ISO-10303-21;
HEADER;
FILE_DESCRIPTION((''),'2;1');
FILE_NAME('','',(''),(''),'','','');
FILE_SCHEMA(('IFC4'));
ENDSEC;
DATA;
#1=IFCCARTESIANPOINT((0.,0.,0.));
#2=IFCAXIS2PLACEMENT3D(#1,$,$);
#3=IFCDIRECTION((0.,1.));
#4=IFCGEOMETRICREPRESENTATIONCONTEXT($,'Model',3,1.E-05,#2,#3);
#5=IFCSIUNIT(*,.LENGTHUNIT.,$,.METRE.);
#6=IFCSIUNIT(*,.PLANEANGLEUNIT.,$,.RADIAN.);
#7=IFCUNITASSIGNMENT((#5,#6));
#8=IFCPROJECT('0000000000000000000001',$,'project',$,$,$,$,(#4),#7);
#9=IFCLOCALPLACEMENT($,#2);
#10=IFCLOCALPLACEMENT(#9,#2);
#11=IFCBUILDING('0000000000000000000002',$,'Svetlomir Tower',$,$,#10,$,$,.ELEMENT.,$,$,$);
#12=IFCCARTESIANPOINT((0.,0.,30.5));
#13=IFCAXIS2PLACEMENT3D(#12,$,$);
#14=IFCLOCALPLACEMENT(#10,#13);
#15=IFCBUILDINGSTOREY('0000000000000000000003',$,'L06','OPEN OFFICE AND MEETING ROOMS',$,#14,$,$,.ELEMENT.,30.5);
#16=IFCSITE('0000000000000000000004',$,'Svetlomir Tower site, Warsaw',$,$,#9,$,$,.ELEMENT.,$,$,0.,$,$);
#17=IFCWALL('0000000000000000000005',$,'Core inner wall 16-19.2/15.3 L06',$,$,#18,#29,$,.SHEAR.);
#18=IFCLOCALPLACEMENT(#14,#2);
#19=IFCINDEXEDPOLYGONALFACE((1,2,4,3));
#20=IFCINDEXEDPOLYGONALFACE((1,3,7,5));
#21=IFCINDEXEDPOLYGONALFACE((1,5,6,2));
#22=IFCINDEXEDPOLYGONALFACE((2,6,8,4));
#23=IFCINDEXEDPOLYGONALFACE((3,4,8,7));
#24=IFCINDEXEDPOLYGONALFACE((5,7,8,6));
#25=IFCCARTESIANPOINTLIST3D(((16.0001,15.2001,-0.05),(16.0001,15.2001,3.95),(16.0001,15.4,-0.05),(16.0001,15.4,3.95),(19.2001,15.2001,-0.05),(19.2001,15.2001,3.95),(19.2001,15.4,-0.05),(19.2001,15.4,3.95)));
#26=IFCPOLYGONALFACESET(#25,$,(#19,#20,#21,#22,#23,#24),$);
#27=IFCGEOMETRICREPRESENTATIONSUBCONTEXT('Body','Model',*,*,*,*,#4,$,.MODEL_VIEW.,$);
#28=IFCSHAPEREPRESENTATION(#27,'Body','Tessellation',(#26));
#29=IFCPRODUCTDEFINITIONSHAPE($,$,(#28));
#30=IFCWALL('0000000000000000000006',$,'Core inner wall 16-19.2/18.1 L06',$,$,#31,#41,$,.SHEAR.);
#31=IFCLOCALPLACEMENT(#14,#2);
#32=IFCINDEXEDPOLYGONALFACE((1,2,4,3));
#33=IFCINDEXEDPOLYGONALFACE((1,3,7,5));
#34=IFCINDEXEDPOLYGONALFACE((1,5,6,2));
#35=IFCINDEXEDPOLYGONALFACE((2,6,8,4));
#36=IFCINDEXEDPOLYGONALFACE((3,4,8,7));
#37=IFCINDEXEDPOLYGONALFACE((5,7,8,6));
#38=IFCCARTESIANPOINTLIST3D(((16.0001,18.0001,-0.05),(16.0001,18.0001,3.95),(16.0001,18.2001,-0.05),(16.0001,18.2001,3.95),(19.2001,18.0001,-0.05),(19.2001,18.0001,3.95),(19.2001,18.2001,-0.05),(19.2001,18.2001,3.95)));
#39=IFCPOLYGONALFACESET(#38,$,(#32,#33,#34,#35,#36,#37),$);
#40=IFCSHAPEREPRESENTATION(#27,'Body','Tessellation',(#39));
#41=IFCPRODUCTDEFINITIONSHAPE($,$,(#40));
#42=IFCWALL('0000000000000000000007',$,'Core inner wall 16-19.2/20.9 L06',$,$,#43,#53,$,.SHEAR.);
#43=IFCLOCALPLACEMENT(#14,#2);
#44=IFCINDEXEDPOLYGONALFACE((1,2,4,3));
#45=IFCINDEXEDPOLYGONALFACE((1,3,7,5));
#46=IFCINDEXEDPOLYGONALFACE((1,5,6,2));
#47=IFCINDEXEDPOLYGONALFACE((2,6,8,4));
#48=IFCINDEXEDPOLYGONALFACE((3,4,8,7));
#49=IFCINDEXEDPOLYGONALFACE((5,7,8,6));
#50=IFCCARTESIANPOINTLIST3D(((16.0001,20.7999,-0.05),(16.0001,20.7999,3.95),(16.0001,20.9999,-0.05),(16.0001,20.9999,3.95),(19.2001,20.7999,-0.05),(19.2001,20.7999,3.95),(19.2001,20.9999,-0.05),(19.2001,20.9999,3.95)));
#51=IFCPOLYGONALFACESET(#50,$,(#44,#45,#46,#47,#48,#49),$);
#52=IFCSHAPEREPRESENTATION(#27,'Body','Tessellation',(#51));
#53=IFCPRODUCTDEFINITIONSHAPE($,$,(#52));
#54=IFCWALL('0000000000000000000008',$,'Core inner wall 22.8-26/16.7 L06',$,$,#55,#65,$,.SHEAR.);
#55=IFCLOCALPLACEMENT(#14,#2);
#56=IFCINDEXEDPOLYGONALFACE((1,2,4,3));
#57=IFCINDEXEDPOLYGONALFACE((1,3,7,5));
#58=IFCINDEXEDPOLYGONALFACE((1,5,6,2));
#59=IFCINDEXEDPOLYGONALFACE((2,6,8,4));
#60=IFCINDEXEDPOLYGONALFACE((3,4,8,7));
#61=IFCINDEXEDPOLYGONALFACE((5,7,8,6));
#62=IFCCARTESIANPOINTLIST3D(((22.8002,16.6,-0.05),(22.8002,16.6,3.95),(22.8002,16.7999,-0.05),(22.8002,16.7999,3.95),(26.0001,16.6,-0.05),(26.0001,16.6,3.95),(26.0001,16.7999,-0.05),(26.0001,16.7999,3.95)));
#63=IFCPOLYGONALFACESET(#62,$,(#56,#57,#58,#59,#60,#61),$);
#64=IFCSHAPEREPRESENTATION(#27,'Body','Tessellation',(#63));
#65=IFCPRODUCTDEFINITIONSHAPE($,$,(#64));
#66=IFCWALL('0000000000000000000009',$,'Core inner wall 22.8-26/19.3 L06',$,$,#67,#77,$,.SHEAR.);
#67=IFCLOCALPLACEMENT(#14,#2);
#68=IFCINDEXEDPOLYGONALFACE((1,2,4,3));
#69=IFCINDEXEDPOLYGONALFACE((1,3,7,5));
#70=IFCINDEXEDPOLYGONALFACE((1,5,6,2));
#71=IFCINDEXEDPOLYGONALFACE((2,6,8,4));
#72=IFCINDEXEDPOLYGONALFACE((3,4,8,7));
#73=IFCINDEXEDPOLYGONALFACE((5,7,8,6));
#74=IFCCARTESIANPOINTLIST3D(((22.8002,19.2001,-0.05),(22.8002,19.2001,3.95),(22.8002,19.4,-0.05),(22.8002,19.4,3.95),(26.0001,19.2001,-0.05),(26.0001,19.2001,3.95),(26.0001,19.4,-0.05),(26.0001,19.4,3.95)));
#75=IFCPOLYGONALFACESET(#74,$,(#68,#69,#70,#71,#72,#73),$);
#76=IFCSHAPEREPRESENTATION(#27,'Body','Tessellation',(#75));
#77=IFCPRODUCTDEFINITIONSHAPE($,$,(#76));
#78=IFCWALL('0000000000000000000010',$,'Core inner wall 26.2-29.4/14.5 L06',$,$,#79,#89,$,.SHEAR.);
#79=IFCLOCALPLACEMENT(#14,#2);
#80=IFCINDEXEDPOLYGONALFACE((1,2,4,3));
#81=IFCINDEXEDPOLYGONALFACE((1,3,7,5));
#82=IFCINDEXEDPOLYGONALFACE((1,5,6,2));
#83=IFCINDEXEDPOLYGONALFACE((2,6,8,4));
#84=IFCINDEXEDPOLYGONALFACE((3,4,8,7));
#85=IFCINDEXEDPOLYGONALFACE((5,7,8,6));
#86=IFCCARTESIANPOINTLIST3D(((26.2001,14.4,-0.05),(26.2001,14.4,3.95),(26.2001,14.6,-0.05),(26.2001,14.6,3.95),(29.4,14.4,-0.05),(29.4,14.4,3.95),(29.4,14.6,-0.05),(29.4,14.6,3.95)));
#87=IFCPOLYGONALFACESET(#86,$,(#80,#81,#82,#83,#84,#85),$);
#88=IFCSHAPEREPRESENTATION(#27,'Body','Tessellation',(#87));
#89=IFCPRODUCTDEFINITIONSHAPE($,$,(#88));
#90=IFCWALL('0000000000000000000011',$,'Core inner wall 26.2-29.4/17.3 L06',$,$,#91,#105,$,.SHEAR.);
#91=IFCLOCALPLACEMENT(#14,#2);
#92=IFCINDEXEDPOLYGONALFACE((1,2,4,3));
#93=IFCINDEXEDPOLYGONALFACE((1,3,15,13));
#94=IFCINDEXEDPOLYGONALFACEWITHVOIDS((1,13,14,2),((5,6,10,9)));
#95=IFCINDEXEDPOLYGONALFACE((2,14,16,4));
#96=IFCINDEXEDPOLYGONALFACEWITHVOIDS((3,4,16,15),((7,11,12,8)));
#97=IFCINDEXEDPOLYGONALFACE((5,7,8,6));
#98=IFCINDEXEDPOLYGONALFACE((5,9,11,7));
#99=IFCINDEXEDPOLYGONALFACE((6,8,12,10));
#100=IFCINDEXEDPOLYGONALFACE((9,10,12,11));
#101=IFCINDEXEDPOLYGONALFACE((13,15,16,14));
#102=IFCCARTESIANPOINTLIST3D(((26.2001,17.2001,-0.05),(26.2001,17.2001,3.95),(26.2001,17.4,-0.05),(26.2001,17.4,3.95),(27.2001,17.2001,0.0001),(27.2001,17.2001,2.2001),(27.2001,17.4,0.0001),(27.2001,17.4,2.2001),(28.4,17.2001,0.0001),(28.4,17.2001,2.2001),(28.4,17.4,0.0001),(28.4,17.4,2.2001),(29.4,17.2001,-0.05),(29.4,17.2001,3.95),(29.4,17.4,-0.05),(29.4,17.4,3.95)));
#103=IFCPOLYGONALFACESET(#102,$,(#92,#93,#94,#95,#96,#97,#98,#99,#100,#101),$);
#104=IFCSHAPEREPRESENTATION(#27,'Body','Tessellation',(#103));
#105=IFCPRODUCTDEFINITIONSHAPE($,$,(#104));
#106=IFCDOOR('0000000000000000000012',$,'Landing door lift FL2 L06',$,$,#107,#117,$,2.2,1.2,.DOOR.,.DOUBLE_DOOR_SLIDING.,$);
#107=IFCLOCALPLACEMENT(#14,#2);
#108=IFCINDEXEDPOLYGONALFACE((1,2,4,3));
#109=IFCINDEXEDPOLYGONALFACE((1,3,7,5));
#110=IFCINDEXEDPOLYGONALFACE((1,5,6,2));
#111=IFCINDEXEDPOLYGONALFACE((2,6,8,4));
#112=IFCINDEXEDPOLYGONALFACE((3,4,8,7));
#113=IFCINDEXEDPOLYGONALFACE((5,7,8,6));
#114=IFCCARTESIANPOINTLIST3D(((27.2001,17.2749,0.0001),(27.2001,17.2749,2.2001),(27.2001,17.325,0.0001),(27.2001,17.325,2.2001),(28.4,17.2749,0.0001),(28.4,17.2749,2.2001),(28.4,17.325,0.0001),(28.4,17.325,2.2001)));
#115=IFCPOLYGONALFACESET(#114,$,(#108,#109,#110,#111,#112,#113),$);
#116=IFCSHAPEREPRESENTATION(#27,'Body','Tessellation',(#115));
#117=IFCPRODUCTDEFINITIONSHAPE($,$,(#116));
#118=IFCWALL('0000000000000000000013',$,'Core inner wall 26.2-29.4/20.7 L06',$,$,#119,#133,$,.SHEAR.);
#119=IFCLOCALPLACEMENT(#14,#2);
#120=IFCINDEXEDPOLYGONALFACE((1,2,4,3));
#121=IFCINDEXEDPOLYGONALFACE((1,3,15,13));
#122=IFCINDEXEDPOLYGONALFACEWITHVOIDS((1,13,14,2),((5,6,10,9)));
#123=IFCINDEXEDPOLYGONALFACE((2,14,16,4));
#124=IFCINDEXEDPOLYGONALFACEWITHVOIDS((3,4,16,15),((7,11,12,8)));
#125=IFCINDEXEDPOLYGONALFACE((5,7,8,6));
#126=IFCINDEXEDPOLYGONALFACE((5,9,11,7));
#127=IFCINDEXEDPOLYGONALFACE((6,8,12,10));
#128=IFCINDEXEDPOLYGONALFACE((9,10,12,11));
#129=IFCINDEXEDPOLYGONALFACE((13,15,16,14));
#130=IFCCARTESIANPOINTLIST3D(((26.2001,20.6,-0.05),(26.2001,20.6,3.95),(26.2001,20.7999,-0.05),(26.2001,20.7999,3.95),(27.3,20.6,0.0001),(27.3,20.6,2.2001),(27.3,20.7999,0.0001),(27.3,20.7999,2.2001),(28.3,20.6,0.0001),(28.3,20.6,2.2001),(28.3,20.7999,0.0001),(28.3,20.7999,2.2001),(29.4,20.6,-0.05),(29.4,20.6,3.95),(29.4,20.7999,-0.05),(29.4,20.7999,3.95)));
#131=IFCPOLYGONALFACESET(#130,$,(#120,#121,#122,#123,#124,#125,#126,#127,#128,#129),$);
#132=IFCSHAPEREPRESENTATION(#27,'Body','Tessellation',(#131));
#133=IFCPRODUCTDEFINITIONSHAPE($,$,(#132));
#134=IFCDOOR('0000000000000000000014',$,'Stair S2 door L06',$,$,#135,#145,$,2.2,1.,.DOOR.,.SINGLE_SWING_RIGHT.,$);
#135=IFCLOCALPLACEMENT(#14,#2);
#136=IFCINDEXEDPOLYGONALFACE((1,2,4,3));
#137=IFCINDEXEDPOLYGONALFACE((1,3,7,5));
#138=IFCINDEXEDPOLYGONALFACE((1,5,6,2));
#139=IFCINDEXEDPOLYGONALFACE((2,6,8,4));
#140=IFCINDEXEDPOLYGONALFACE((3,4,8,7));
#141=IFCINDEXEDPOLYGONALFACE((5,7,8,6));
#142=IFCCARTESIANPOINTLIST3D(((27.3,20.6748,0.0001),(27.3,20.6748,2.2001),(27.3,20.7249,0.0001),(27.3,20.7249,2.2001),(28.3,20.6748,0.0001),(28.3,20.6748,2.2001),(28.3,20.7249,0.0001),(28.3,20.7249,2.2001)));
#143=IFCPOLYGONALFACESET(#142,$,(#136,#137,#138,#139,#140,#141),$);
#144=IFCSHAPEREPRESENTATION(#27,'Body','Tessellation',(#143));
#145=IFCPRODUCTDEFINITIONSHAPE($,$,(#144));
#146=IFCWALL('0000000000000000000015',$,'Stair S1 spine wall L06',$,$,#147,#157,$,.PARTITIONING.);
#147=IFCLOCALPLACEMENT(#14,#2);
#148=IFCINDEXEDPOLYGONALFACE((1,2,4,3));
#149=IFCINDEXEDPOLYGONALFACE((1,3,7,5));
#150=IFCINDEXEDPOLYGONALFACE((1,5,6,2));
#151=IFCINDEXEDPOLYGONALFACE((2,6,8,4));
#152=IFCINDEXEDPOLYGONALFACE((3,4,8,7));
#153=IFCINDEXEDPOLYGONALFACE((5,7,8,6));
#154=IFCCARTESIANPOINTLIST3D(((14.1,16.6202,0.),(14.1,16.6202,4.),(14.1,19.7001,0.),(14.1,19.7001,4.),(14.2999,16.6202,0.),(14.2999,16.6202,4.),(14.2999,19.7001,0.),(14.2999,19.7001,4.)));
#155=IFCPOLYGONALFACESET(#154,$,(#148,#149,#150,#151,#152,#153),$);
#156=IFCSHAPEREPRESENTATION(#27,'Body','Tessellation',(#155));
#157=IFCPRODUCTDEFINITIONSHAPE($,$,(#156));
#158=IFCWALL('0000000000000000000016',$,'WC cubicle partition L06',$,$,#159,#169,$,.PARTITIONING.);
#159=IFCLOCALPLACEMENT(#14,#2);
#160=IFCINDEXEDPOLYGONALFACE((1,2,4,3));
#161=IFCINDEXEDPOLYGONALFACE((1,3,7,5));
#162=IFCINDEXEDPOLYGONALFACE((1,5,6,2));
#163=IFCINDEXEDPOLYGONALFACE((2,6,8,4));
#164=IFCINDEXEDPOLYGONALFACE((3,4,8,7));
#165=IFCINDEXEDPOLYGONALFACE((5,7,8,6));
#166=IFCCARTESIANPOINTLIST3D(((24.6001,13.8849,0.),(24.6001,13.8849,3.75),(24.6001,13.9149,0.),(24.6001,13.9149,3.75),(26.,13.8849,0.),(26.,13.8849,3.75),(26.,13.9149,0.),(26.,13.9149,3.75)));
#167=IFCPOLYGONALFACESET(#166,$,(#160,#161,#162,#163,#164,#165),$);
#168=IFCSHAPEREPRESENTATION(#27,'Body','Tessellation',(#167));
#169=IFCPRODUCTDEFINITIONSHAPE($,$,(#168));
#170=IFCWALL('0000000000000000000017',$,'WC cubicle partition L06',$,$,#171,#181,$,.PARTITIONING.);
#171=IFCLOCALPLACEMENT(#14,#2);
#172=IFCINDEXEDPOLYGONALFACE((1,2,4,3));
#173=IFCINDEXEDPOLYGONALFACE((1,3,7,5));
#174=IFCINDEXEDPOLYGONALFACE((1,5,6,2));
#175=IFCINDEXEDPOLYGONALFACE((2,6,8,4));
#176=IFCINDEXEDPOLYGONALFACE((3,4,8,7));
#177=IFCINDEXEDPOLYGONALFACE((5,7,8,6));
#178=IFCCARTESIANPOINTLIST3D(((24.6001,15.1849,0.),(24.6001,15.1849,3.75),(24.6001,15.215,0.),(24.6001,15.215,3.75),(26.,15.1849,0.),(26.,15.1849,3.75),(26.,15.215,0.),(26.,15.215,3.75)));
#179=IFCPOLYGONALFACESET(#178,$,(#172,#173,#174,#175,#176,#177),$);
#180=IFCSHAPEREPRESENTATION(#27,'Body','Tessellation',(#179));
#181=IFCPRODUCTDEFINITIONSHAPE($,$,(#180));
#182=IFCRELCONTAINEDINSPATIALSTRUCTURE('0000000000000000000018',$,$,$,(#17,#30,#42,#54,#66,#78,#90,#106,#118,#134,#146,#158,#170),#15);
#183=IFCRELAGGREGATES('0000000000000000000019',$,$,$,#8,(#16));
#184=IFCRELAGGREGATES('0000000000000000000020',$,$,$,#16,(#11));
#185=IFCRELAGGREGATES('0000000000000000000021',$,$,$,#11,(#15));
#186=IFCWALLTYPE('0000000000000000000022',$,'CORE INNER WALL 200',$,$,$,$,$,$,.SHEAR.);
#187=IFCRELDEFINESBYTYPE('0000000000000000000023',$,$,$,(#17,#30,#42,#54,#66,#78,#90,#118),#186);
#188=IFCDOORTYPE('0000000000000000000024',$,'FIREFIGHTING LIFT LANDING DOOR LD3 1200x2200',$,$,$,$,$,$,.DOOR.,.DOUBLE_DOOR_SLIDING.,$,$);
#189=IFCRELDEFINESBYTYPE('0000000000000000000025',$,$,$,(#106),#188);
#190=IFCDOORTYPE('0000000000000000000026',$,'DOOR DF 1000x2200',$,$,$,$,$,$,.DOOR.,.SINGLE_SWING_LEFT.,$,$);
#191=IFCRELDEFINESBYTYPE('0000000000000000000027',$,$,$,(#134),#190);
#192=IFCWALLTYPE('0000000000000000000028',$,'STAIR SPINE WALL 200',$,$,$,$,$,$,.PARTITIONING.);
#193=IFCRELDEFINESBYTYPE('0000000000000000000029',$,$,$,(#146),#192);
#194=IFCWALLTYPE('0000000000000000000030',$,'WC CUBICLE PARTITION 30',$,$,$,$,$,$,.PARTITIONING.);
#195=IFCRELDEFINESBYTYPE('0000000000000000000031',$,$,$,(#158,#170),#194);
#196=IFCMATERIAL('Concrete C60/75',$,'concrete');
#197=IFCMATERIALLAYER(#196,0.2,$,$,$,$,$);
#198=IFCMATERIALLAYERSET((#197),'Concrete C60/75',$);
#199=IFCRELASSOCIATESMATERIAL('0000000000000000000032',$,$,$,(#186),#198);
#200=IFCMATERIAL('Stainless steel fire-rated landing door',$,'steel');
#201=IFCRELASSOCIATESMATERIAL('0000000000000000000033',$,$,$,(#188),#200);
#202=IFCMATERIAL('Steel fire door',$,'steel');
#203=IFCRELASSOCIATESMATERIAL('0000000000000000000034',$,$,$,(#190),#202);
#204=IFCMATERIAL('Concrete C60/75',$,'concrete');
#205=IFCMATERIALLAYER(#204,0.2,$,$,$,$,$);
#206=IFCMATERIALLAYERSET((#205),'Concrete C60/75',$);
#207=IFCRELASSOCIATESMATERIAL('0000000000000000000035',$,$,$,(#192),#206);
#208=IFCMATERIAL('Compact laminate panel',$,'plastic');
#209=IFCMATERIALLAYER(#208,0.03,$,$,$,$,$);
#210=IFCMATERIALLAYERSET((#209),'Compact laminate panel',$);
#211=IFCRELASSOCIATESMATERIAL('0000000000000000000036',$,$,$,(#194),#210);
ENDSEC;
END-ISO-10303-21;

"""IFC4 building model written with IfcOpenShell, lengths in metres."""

from ifc_helpers import new_model, si_unit, direction, frame, frame_2d, origin, place, context, subcontext, project, spatial, rectangle, extrude, material, layer, layer_set, type_object, element, fill, save


model = new_model("IFC4")

# Units and contexts
model_context = context("Model", 3, precision=1e-05, world=origin(), true_north=direction((0.0, 1.0)))
body_context = subcontext(model_context, "Body", "Model", "MODEL_VIEW")
ifc_project = project(units=[si_unit("LENGTHUNIT", "METRE"), si_unit("PLANEANGLEUNIT", "RADIAN")], contexts=[model_context])

# Site, building, storey
site_placement = place(None, origin())
site = spatial("IfcSite", under=ifc_project, at=site_placement, Name="Svetlomir Tower site, Warsaw", CompositionType="ELEMENT", RefElevation=0.0)
building_placement = place(site_placement, origin())
building = spatial("IfcBuilding", under=site, at=building_placement, Name="Svetlomir Tower", CompositionType="ELEMENT")
storey_placement = place(building_placement, frame((0.0, 0.0, 30.5)))
storey = spatial("IfcBuildingStorey", under=building, at=storey_placement, Name="L06", Description="OPEN OFFICE AND MEETING ROOMS", CompositionType="ELEMENT", Elevation=30.5)

# Walls
ifc_material_1 = material(Name="Concrete C60/75", Category="concrete")
ifc_layer_1 = layer(ifc_material_1, 0.2)
ifc_layer_set_1 = layer_set([ifc_layer_1], Name="Concrete C60/75")
wall_type_1 = type_object("IfcWallType", Name="CORE INNER WALL 200", PredefinedType="SHEAR", material=ifc_layer_set_1)
for number, where, z_axis, x_axis, name in (
    (1, (16.0, 15.3, -0.05), (0.0, 0.0, 1.0), (1.0, 0.0, 0.0), "Core inner wall 16-19.2/15.3 L06"),
    (2, (16.0, 18.1001, -0.05), (0.0, 0.0, 1.0), (1.0, 0.0, 0.0), "Core inner wall 16-19.2/18.1 L06"),
    (3, (16.0, 20.8999, -0.05), (0.0, 0.0, 1.0), (1.0, 0.0, 0.0), "Core inner wall 16-19.2/20.9 L06"),
    (4, (22.8, 16.7, -0.05), (0.0, 0.0, 1.0), (1.0, 0.0, 0.0), "Core inner wall 22.8-26/16.7 L06"),
    (5, (22.8, 19.3, -0.05), (0.0, 0.0, 1.0), (1.0, 0.0, 0.0), "Core inner wall 22.8-26/19.3 L06"),
    (6, (26.2, 14.5, -0.05), (0.0, 0.0, 1.0), (1.0, 0.0, 0.0), "Core inner wall 26.2-29.4/14.5 L06"),
):
    element("IfcWall", number, at=place(storey_placement, frame(where, z_axis=z_axis, x_axis=x_axis)), inside=storey, type_object=wall_type_1, Name=name, PredefinedType="SHEAR", context=body_context, shape_type="SweptSolid", body=[
        extrude(rectangle(XDim=3.2, YDim=0.2, at=frame_2d((1.6001, 0.0))), origin(), (0.0, 0.0, 1.0), 4.0),
    ])

# Walls, openings, doors
wall_1_placement = place(storey_placement, frame((26.2, 17.3, -0.05), z_axis=(0.0, 0.0, 1.0), x_axis=(1.0, 0.0, 0.0)))
wall_1 = element("IfcWall", 7, at=wall_1_placement, inside=storey, type_object=wall_type_1, Name="Core inner wall 26.2-29.4/17.3 L06", PredefinedType="SHEAR", context=body_context, shape_type="SweptSolid", body=[
    extrude(rectangle(XDim=3.2, YDim=0.2, at=frame_2d((1.6001, 0.0))), origin(), (0.0, 0.0, 1.0), 4.0),
])
opening_1_placement = place(wall_1_placement, frame((1.0, 0.0, 0.05)))
opening_1 = element("IfcOpeningElement", 8, at=opening_1_placement, cuts=wall_1, PredefinedType="OPENING", context=body_context, shape_type="SweptSolid", body=[
    extrude(rectangle(XDim=1.2, YDim=2.2, at=frame_2d((0.6001, 1.1001))), frame((0.0, 0.1099, 0.0), z_axis=(0.0, -1.0, 0.0), x_axis=(1.0, 0.0, 0.0)), (0.0, 0.0, 1.0), 0.22),
])
ifc_material_2 = material(Name="Stainless steel fire-rated landing door", Category="steel")
door_type_1 = type_object("IfcDoorType", Name="FIREFIGHTING LIFT LANDING DOOR LD3 1200x2200", OperationType="DOUBLE_DOOR_SLIDING", PredefinedType="DOOR", material=ifc_material_2)
door_1_placement = place(opening_1_placement, origin())
door_1 = element("IfcDoor", 9, at=door_1_placement, inside=storey, type_object=door_type_1, Name="Landing door lift FL2 L06", OperationType="DOUBLE_DOOR_SLIDING", OverallHeight=2.2, OverallWidth=1.2, PredefinedType="DOOR", context=body_context, shape_type="SweptSolid", body=[
    extrude(rectangle(XDim=1.2, YDim=2.2, at=frame_2d((0.6001, 1.1001))), frame((0.0, 0.0249, 0.0), z_axis=(0.0, -1.0, 0.0), x_axis=(1.0, 0.0, 0.0)), (0.0, 0.0, 1.0), 0.05),
])
fill(opening_1, door_1)
wall_2_placement = place(storey_placement, frame((26.2, 20.7, -0.05), z_axis=(0.0, 0.0, 1.0), x_axis=(1.0, 0.0, 0.0)))
wall_2 = element("IfcWall", 10, at=wall_2_placement, inside=storey, type_object=wall_type_1, Name="Core inner wall 26.2-29.4/20.7 L06", PredefinedType="SHEAR", context=body_context, shape_type="SweptSolid", body=[
    extrude(rectangle(XDim=3.2, YDim=0.2, at=frame_2d((1.6001, 0.0))), origin(), (0.0, 0.0, 1.0), 4.0),
])
opening_2_placement = place(wall_2_placement, frame((1.1001, 0.0, 0.05)))
opening_2 = element("IfcOpeningElement", 11, at=opening_2_placement, cuts=wall_2, PredefinedType="OPENING", context=body_context, shape_type="SweptSolid", body=[
    extrude(rectangle(XDim=1.0, YDim=2.2, at=frame_2d((0.5, 1.1001))), frame((0.0, 0.1099, 0.0), z_axis=(0.0, -1.0, 0.0), x_axis=(1.0, 0.0, 0.0)), (0.0, 0.0, 1.0), 0.22),
])
ifc_material_3 = material(Name="Steel fire door", Category="steel")
door_type_2 = type_object("IfcDoorType", Name="DOOR DF 1000x2200", OperationType="SINGLE_SWING_LEFT", PredefinedType="DOOR", material=ifc_material_3)
door_2_placement = place(opening_2_placement, origin())
door_2 = element("IfcDoor", 12, at=door_2_placement, inside=storey, type_object=door_type_2, Name="Stair S2 door L06", OperationType="SINGLE_SWING_RIGHT", OverallHeight=2.2, OverallWidth=1.0, PredefinedType="DOOR", context=body_context, shape_type="SweptSolid", body=[
    extrude(rectangle(XDim=1.0, YDim=2.2, at=frame_2d((0.5, 1.1001))), frame((0.0, 0.0249, 0.0), z_axis=(0.0, -1.0, 0.0), x_axis=(1.0, 0.0, 0.0)), (0.0, 0.0, 1.0), 0.05),
])
fill(opening_2, door_2)

# Walls
ifc_material_4 = material(Name="Concrete C60/75", Category="concrete")
ifc_layer_2 = layer(ifc_material_4, 0.2)
ifc_layer_set_2 = layer_set([ifc_layer_2], Name="Concrete C60/75")
wall_type_2 = type_object("IfcWallType", Name="STAIR SPINE WALL 200", PredefinedType="PARTITIONING", material=ifc_layer_set_2)
wall_3_placement = place(storey_placement, frame((14.2, 16.6201, 0.0), z_axis=(0.0, 0.0, 1.0), x_axis=(0.0, 1.0, 0.0)))
element("IfcWall", 13, at=wall_3_placement, inside=storey, type_object=wall_type_2, Name="Stair S1 spine wall L06", PredefinedType="PARTITIONING", context=body_context, shape_type="SweptSolid", body=[
    extrude(rectangle(XDim=3.0798, YDim=0.2, at=frame_2d((1.54, 0.0))), origin(), (0.0, 0.0, 1.0), 4.0),
])
ifc_material_5 = material(Name="Compact laminate panel", Category="plastic")
ifc_layer_3 = layer(ifc_material_5, 0.03)
ifc_layer_set_3 = layer_set([ifc_layer_3], Name="Compact laminate panel")
wall_type_3 = type_object("IfcWallType", Name="WC CUBICLE PARTITION 30", PredefinedType="PARTITIONING", material=ifc_layer_set_3)
for number, where, z_axis, x_axis, name in (
    (14, (24.6001, 13.8999, 0.0), (0.0, 0.0, 1.0), (1.0, 0.0, 0.0), "WC cubicle partition L06"),
    (15, (24.6001, 15.2, 0.0), (0.0, 0.0, 1.0), (1.0, 0.0, 0.0), "WC cubicle partition L06"),
):
    element("IfcWall", number, at=place(storey_placement, frame(where, z_axis=z_axis, x_axis=x_axis)), inside=storey, type_object=wall_type_3, Name=name, PredefinedType="PARTITIONING", context=body_context, shape_type="SweptSolid", body=[
        extrude(rectangle(XDim=1.3999, YDim=0.03, at=frame_2d((0.7, 0.0))), origin(), (0.0, 0.0, 1.0), 3.75),
    ])

save(model, "model.ifc")
